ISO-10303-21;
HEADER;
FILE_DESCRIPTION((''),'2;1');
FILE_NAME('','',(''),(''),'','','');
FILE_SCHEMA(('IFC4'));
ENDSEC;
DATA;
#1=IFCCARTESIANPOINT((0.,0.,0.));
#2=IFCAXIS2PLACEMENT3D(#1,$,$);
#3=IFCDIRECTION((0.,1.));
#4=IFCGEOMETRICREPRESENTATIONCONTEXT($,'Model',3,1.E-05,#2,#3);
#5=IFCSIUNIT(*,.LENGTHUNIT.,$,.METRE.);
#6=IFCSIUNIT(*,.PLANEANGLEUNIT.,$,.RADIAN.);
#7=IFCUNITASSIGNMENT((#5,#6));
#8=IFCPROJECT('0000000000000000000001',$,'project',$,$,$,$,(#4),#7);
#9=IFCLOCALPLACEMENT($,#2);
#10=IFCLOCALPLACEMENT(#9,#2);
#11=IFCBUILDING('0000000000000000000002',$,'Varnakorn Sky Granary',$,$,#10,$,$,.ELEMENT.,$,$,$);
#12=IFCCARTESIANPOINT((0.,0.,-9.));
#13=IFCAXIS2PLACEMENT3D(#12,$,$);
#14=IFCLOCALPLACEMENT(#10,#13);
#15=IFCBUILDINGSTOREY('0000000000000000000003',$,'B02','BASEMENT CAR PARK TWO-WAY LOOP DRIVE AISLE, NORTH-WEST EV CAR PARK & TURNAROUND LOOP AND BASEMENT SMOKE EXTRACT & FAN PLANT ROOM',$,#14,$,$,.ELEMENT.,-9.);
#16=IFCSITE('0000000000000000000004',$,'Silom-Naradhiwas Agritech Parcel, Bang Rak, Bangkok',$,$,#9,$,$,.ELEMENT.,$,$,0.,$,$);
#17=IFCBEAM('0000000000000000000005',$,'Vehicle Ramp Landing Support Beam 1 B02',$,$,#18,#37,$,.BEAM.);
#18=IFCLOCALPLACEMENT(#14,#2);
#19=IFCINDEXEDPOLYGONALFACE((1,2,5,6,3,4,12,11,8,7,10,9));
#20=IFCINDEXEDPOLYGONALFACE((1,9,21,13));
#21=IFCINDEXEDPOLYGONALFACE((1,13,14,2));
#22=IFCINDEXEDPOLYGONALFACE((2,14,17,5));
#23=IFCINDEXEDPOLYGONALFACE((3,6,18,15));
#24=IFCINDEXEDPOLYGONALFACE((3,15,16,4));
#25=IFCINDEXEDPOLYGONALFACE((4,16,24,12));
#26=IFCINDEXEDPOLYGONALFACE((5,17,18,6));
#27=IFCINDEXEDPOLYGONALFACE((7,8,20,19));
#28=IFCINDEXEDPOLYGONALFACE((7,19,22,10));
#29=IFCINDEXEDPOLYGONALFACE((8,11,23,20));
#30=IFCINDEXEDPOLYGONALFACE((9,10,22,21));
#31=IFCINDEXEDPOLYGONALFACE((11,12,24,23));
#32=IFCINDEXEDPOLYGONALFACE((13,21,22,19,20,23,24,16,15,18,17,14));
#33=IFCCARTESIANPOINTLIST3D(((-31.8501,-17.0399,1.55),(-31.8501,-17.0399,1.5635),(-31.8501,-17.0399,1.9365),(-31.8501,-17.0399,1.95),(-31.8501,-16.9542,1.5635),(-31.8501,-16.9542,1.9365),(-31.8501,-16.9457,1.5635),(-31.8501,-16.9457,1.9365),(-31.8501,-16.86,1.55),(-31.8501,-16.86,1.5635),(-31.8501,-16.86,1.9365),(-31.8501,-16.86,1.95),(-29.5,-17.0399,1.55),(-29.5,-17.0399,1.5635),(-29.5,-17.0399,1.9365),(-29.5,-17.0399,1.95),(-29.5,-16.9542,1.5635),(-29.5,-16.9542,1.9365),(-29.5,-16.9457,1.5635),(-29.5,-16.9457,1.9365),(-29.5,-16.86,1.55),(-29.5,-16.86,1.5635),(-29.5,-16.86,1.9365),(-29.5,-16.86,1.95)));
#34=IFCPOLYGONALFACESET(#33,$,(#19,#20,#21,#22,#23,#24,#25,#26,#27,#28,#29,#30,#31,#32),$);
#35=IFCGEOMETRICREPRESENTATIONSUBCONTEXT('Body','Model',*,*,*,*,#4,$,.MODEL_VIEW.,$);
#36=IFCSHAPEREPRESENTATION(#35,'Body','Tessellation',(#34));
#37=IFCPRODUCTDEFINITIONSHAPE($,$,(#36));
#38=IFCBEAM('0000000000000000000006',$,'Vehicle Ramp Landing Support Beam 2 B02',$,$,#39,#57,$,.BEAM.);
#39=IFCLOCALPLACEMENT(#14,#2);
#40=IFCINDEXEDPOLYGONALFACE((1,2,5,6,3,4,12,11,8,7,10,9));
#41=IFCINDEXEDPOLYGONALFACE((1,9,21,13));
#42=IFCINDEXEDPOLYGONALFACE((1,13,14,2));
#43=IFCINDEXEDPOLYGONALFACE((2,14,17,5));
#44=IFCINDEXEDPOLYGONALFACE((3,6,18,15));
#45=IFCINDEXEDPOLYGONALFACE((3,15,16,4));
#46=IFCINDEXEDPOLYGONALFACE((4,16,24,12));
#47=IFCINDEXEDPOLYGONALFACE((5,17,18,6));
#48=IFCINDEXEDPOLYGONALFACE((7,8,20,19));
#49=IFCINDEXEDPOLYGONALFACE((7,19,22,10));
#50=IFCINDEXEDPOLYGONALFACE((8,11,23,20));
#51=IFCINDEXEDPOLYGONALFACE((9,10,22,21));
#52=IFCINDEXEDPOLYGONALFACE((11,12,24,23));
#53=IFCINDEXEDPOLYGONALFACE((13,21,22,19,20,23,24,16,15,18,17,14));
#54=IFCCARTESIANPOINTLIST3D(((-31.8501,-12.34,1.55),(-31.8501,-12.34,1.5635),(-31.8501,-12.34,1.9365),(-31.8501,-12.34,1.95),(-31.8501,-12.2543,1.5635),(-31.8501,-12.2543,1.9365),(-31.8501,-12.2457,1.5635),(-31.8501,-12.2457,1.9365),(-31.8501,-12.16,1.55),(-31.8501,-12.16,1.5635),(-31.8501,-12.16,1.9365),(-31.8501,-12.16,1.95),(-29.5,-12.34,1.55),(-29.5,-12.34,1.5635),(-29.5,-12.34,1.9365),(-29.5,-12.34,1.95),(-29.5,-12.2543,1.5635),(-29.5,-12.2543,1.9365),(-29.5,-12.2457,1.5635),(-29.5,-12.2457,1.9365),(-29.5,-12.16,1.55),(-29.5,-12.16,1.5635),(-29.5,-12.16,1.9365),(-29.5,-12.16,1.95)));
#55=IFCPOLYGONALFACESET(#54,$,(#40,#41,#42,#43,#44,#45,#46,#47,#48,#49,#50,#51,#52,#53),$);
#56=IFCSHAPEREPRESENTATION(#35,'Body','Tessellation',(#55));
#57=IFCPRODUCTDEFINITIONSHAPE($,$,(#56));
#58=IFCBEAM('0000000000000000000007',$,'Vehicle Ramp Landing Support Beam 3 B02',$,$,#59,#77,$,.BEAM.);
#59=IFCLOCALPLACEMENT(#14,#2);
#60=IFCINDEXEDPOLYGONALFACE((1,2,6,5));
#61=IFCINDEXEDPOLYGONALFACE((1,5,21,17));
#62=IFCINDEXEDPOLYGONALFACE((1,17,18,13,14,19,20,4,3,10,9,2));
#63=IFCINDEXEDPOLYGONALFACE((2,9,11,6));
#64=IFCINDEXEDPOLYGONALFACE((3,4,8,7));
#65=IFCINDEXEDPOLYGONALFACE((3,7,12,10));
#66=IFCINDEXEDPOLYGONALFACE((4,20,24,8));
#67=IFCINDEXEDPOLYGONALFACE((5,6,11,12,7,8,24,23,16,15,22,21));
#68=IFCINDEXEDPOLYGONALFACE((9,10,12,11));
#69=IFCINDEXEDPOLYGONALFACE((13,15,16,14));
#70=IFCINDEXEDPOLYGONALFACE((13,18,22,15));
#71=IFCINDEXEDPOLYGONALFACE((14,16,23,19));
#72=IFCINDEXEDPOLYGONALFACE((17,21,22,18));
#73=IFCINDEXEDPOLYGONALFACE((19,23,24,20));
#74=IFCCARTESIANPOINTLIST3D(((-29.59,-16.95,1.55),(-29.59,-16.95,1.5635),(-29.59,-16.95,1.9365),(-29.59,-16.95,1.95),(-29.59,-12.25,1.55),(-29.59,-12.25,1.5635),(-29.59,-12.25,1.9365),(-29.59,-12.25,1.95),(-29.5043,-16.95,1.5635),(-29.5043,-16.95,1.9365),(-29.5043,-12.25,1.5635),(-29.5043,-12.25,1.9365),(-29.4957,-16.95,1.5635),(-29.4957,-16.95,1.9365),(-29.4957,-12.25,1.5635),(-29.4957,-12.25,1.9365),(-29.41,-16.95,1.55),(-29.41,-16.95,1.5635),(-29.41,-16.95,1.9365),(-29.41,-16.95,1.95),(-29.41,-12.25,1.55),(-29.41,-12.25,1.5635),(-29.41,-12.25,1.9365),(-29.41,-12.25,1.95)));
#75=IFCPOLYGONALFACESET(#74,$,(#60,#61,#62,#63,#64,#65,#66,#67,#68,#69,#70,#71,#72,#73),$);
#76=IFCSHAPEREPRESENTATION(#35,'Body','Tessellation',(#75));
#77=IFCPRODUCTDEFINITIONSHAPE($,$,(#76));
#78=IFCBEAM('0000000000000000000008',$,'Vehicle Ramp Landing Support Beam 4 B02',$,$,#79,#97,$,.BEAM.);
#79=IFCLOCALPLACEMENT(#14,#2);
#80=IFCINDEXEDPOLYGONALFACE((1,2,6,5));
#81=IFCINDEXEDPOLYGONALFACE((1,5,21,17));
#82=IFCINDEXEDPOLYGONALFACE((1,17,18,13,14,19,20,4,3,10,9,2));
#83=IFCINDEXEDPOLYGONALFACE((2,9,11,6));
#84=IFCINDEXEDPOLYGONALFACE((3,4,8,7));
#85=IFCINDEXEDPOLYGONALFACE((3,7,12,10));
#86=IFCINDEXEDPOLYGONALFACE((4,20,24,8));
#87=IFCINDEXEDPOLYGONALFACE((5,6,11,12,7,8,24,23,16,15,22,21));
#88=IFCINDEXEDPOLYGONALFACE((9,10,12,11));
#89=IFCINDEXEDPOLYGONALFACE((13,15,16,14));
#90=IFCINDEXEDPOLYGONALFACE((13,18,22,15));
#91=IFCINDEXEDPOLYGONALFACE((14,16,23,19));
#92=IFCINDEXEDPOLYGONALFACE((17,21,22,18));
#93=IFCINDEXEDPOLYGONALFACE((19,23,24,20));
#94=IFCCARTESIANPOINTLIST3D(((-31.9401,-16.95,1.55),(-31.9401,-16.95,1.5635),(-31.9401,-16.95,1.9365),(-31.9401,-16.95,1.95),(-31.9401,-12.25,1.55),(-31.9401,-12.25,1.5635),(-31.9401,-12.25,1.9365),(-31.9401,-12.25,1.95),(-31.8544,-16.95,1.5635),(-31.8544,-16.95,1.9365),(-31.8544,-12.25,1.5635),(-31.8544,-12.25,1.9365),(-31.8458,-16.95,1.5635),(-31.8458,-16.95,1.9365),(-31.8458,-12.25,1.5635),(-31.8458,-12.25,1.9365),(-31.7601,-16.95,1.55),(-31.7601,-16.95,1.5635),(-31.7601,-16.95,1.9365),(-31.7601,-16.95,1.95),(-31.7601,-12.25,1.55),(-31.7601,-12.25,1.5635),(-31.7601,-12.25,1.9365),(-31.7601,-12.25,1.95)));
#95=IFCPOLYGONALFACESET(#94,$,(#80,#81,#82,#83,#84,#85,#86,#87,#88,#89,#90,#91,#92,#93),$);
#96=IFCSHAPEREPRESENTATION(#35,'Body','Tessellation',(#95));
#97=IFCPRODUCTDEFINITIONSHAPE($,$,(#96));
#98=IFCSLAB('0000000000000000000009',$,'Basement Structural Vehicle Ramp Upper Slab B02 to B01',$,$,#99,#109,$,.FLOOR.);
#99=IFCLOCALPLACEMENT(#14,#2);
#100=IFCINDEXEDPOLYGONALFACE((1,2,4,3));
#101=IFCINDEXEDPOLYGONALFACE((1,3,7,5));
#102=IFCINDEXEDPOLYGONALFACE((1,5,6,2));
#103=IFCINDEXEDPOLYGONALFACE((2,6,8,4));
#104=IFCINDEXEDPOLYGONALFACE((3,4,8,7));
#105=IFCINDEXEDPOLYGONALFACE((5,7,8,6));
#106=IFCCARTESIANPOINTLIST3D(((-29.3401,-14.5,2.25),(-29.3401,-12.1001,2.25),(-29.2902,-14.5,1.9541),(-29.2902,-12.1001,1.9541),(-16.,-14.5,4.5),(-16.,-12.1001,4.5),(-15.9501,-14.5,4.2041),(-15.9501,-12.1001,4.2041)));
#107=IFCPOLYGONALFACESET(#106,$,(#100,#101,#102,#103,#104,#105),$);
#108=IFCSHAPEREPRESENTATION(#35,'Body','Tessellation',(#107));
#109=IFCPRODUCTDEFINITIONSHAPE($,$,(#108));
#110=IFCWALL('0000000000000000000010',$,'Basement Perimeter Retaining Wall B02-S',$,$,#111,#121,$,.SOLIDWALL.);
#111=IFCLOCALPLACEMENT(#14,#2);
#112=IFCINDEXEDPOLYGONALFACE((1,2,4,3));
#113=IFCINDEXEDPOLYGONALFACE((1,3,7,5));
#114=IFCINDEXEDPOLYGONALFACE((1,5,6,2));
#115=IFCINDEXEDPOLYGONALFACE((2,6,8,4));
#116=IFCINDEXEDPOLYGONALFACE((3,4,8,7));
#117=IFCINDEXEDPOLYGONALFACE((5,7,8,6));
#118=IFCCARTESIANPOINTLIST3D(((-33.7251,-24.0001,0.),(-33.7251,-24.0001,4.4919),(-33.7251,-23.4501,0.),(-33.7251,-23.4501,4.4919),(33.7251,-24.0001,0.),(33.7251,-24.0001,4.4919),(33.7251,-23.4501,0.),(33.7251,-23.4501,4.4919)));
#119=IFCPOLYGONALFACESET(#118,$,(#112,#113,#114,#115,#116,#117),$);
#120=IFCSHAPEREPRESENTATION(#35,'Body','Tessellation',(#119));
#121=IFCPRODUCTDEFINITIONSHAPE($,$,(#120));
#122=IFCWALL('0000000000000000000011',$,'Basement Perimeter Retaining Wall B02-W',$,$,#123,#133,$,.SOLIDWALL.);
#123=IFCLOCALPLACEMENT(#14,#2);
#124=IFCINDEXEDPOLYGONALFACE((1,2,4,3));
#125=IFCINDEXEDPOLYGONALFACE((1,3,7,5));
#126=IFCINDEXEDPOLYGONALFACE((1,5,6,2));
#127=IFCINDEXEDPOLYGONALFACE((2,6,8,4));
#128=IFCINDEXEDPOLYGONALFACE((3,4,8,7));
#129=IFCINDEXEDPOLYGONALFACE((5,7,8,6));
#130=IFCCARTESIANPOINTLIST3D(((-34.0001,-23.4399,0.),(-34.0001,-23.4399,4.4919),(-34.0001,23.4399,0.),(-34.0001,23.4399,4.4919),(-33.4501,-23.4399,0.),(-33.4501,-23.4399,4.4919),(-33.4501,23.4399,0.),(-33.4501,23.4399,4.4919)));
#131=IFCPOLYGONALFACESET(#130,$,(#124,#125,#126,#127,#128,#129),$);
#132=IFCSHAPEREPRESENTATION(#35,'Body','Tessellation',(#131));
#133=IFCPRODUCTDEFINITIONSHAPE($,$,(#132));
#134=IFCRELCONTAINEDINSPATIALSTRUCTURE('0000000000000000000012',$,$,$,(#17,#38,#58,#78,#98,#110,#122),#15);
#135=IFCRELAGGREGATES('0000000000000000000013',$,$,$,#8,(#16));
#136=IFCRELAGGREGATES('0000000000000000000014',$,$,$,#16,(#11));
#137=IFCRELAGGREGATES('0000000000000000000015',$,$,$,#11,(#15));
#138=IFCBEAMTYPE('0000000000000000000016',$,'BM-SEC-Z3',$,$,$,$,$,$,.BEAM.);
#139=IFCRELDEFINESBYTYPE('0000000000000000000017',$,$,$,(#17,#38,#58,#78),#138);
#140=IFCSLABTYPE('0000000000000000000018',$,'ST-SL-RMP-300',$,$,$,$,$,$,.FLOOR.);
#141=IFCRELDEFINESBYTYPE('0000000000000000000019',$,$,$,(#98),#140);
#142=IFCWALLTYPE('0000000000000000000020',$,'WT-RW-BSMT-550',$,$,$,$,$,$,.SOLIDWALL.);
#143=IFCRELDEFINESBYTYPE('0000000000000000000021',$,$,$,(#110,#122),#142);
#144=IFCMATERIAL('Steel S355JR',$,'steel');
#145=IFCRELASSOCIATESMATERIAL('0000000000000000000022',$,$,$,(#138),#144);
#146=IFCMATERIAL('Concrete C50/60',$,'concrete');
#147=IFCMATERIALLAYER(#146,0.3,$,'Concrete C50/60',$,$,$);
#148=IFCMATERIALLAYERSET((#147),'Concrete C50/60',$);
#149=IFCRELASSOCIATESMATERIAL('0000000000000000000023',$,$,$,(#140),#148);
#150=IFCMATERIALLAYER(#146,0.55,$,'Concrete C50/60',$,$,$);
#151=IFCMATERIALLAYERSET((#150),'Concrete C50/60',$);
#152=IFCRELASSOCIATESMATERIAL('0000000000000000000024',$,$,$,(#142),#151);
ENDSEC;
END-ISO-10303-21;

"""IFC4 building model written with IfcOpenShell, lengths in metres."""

from ifc_helpers import new_model, si_unit, direction, frame, frame_2d, origin, origin_2d, place, context, subcontext, project, spatial, polyline, rectangle, i_section, outline, extrude, material, layer, layer_set, material_profile, profile_set, type_object, element, save


model = new_model("IFC4")

# Units and contexts
model_context = context("Model", 3, precision=1e-05, world=origin(), true_north=direction((0.0, 1.0)))
body_context = subcontext(model_context, "Body", "Model", "MODEL_VIEW")
ifc_project = project(units=[si_unit("LENGTHUNIT", "METRE"), si_unit("PLANEANGLEUNIT", "RADIAN")], contexts=[model_context])

# Site, building, storey
site_placement = place(None, origin())
site = spatial("IfcSite", under=ifc_project, at=site_placement, Name="Silom-Naradhiwas Agritech Parcel, Bang Rak, Bangkok", CompositionType="ELEMENT", RefElevation=0.0)
building_placement = place(site_placement, origin())
building = spatial("IfcBuilding", under=site, at=building_placement, Name="Varnakorn Sky Granary", CompositionType="ELEMENT")
storey_placement = place(building_placement, frame((0.0, 0.0, -9.0)))
storey = spatial("IfcBuildingStorey", under=building, at=storey_placement, Name="B02", Description="BASEMENT CAR PARK TWO-WAY LOOP DRIVE AISLE, NORTH-WEST EV CAR PARK & TURNAROUND LOOP AND BASEMENT SMOKE EXTRACT & FAN PLANT ROOM", CompositionType="ELEMENT", Elevation=-9.0)

# Shared definitions
ifc_material_1 = material(Name="Concrete C50/60", Category="concrete")

# Beams
ifc_material_2 = material(Name="Steel S355JR", Category="steel")
ifc_material_profile_1 = material_profile(ifc_material_2, i_section(OverallWidth=0.1799, OverallDepth=0.3999, WebThickness=0.0085, FlangeThickness=0.0134, at=origin_2d()), Name="IPE 400")
ifc_profile_set_1 = profile_set([ifc_material_profile_1], Name="Steel S355JR")
beam_type_1 = type_object("IfcBeamType", Name="BM-SEC-Z3", PredefinedType="BEAM", material=ifc_profile_set_1)
for number, where, z_axis, x_axis, name in (
    (1, (-31.8501, -16.95, 1.75), (1.0, 0.0, 0.0), (0.0, 1.0, 0.0), "Vehicle Ramp Landing Support Beam 1 B02"),
    (2, (-31.8501, -12.25, 1.75), (1.0, 0.0, 0.0), (0.0, 1.0, 0.0), "Vehicle Ramp Landing Support Beam 2 B02"),
):
    element("IfcBeam", number, at=place(storey_placement, frame(where, z_axis=z_axis, x_axis=x_axis)), inside=storey, type_object=beam_type_1, Name=name, PredefinedType="BEAM", context=body_context, shape_type="SweptSolid", body=[
        extrude(i_section(OverallWidth=0.1799, OverallDepth=0.3999, WebThickness=0.0085, FlangeThickness=0.0134, at=origin_2d()), origin(), (0.0, 0.0, 1.0), 2.3501),
    ])
for number, where, z_axis, x_axis, name in (
    (3, (-29.5, -16.95, 1.75), (0.0, 1.0, 0.0), (-1.0, 0.0, 0.0), "Vehicle Ramp Landing Support Beam 3 B02"),
    (4, (-31.8501, -16.95, 1.75), (0.0, 1.0, 0.0), (-1.0, 0.0, 0.0), "Vehicle Ramp Landing Support Beam 4 B02"),
):
    element("IfcBeam", number, at=place(storey_placement, frame(where, z_axis=z_axis, x_axis=x_axis)), inside=storey, type_object=beam_type_1, Name=name, PredefinedType="BEAM", context=body_context, shape_type="SweptSolid", body=[
        extrude(i_section(OverallWidth=0.1799, OverallDepth=0.3999, WebThickness=0.0085, FlangeThickness=0.0134, at=origin_2d()), origin(), (0.0, 0.0, 1.0), 4.7),
    ])

# Slab
ifc_layer_1 = layer(ifc_material_1, 0.3, Name="Concrete C50/60")
ifc_layer_set_1 = layer_set([ifc_layer_1], Name="Concrete C50/60")
slab_type = type_object("IfcSlabType", Name="ST-SL-RMP-300", PredefinedType="FLOOR", material=ifc_layer_set_1)
slab_placement = place(storey_placement, frame((-29.3401, -14.5, 2.25), z_axis=(-0.166315, 0.0, 0.986073), x_axis=(0.986073, 0.0, 0.166315)))
element("IfcSlab", 5, at=slab_placement, inside=storey, type_object=slab_type, Name="Basement Structural Vehicle Ramp Upper Slab B02 to B01", PredefinedType="FLOOR", context=body_context, shape_type="SweptSolid", body=[
    extrude(outline(polyline([(0.0, 0.0), (13.5285, 0.0), (13.5285, 2.3999), (0.0, 2.3999), (0.0, 0.0)])), origin(), (0.0, 0.0, -1.0), 0.3),
])

# Walls
ifc_layer_2 = layer(ifc_material_1, 0.55, Name="Concrete C50/60")
ifc_layer_set_2 = layer_set([ifc_layer_2], Name="Concrete C50/60")
wall_type = type_object("IfcWallType", Name="WT-RW-BSMT-550", PredefinedType="SOLIDWALL", material=ifc_layer_set_2)
wall_1_placement = place(storey_placement, frame((-33.7251, -23.7251, 0.0), z_axis=(0.0, 0.0, 1.0), x_axis=(1.0, 0.0, 0.0)))
element("IfcWall", 6, at=wall_1_placement, inside=storey, type_object=wall_type, Name="Basement Perimeter Retaining Wall B02-S", PredefinedType="SOLIDWALL", context=body_context, shape_type="SweptSolid", body=[
    extrude(rectangle(XDim=67.4502, YDim=0.55, at=frame_2d((33.7251, 0.0))), origin(), (0.0, 0.0, 1.0), 4.4919),
])
wall_2_placement = place(storey_placement, frame((-33.7251, -23.4399, 0.0), z_axis=(0.0, 0.0, 1.0), x_axis=(0.0, 1.0, 0.0)))
element("IfcWall", 7, at=wall_2_placement, inside=storey, type_object=wall_type, Name="Basement Perimeter Retaining Wall B02-W", PredefinedType="SOLIDWALL", context=body_context, shape_type="SweptSolid", body=[
    extrude(rectangle(XDim=46.8799, YDim=0.55, at=frame_2d((23.4399, 0.0))), origin(), (0.0, 0.0, 1.0), 4.4919),
])

save(model, "model.ifc")
